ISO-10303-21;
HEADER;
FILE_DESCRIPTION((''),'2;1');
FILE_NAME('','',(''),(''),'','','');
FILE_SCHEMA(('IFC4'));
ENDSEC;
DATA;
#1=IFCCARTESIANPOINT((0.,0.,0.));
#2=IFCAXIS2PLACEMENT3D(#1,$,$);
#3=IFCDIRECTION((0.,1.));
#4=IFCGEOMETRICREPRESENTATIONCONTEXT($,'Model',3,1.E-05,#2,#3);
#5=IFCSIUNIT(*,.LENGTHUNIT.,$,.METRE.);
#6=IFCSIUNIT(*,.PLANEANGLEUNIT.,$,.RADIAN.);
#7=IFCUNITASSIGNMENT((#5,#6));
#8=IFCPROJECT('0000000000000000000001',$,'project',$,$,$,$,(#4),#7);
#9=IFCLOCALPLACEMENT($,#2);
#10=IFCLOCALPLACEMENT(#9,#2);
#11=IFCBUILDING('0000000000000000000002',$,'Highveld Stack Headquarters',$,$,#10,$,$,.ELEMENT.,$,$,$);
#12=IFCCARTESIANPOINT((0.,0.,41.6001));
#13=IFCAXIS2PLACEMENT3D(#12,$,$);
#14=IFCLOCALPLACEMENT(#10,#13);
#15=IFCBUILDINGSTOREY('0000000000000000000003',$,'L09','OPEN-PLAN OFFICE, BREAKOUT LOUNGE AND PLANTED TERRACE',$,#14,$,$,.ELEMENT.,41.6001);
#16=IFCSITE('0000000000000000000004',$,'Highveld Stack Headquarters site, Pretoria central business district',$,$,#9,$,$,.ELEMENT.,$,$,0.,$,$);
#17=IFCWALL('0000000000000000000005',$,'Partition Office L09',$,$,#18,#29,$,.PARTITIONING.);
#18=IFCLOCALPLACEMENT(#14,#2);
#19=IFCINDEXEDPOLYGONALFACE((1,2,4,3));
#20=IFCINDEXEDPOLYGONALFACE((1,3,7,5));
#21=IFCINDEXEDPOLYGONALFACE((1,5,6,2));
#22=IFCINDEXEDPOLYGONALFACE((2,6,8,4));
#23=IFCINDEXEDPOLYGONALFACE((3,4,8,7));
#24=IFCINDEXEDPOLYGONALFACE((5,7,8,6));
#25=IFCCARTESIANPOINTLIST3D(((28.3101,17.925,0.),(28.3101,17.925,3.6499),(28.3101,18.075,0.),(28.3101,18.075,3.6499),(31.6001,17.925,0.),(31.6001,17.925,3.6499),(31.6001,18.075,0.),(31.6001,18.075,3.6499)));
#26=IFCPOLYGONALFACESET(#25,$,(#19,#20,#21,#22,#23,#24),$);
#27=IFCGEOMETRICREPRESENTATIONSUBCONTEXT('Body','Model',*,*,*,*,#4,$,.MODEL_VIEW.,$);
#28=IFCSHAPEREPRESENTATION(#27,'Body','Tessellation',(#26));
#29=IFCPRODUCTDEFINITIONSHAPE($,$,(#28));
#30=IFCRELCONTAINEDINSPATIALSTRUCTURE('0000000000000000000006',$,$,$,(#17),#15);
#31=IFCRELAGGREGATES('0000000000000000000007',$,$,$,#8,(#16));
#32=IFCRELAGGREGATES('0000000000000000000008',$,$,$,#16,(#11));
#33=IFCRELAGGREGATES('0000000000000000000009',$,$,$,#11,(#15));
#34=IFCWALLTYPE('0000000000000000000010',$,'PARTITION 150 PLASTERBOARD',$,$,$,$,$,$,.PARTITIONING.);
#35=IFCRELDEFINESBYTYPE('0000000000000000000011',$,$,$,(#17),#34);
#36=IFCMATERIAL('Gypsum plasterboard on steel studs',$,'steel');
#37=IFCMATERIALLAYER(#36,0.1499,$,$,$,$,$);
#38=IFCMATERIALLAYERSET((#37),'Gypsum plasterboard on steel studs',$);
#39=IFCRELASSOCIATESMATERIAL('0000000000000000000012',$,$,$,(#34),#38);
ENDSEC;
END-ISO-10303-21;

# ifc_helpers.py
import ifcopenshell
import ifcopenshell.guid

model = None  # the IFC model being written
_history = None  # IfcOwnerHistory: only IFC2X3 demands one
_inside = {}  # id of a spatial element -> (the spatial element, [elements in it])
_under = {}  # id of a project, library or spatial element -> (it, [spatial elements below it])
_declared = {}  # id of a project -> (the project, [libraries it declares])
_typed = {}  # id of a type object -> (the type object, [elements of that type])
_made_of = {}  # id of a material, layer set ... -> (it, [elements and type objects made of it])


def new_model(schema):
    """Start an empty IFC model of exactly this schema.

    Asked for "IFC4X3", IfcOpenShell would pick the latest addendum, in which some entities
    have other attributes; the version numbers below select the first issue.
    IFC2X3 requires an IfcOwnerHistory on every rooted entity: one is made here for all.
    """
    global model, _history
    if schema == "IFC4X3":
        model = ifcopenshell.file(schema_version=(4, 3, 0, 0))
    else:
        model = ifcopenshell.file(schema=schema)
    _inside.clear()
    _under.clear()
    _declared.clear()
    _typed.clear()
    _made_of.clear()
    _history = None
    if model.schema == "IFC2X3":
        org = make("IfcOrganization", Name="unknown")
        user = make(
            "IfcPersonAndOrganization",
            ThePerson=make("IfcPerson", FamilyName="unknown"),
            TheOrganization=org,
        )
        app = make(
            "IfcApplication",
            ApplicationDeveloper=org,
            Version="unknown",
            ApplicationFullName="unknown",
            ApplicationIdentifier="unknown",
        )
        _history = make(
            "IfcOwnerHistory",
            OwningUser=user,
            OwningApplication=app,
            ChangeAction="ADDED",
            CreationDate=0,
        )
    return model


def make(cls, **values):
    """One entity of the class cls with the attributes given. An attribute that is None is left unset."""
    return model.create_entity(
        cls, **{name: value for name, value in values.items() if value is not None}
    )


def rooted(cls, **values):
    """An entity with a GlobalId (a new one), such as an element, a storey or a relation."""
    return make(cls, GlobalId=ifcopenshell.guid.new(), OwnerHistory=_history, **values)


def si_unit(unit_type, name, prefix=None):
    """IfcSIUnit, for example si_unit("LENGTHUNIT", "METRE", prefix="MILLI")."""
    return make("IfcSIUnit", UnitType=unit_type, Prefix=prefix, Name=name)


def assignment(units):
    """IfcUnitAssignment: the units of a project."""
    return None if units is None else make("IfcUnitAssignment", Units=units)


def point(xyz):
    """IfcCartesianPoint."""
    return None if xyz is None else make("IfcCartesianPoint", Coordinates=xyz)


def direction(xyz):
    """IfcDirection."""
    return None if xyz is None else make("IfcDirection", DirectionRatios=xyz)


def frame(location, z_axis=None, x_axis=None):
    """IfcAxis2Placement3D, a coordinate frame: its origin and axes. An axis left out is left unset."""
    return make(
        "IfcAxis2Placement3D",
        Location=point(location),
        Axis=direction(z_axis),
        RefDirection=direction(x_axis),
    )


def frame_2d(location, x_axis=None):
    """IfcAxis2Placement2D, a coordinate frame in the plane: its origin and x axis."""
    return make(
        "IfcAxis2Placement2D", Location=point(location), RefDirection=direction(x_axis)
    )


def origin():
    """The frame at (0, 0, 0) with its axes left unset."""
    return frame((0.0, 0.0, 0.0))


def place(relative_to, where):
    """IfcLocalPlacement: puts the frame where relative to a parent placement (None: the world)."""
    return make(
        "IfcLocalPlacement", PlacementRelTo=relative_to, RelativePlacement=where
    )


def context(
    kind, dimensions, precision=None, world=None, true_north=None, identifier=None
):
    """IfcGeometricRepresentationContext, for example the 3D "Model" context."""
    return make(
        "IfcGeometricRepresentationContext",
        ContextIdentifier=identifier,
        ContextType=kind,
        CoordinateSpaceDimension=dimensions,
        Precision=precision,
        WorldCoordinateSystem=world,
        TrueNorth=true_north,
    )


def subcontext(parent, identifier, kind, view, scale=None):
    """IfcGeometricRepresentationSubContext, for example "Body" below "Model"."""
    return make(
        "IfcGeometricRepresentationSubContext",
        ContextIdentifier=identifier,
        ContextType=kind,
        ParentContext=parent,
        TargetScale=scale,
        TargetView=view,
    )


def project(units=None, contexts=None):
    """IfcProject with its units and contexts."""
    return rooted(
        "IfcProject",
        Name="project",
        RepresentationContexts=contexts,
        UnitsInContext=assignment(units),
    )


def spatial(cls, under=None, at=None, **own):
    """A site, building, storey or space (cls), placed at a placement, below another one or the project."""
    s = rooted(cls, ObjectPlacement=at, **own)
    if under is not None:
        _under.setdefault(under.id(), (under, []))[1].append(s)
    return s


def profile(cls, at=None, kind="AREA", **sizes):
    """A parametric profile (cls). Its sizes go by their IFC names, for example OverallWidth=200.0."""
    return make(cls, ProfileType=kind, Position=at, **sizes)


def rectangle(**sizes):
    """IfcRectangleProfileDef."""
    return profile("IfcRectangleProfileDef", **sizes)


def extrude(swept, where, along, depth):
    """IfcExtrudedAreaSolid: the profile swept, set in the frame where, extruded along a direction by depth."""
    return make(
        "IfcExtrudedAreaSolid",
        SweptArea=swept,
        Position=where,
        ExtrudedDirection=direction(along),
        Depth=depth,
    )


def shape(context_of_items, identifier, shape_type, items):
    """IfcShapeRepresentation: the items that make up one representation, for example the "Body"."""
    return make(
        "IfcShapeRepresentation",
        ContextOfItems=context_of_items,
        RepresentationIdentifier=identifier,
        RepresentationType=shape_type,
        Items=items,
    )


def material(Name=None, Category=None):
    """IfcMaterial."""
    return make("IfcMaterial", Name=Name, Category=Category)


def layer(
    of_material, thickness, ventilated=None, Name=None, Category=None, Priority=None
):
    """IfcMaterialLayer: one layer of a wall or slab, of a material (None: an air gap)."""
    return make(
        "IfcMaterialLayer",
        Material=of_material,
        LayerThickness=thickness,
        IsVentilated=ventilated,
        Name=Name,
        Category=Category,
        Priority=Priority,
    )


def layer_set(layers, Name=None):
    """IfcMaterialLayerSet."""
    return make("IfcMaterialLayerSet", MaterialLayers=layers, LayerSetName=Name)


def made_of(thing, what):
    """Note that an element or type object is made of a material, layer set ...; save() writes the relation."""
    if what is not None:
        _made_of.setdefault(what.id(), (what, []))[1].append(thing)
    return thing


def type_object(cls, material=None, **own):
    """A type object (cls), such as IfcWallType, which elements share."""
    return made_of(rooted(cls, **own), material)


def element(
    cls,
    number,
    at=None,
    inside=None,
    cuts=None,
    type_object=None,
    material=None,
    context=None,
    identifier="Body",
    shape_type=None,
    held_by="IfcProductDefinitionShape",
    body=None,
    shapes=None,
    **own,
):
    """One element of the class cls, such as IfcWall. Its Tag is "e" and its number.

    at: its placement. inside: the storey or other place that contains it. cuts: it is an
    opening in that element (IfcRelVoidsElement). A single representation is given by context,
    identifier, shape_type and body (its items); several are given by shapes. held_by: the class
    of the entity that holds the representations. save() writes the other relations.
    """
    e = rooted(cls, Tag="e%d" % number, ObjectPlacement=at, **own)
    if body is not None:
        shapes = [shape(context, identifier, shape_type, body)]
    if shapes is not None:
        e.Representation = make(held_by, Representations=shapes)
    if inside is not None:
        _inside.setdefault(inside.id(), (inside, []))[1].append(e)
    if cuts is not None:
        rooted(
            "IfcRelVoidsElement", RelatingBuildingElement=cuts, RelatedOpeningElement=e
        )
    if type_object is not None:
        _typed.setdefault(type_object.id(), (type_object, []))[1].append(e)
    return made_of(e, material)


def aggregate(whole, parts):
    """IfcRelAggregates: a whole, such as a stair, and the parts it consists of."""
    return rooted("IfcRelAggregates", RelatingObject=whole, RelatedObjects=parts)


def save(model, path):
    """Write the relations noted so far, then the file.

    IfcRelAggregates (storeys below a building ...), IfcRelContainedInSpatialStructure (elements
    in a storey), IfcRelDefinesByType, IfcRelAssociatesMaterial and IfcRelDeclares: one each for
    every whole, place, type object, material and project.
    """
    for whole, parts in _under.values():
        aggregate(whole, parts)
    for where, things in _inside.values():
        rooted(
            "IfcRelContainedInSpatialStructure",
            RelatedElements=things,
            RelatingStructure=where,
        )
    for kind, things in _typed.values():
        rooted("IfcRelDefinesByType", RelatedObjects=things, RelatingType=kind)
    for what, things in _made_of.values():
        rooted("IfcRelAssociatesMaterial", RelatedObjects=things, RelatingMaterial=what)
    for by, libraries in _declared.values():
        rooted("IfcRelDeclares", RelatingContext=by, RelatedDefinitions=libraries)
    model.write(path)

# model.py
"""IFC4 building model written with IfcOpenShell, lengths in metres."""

from ifc_helpers import new_model, si_unit, direction, frame, frame_2d, origin, place, context, subcontext, project, spatial, rectangle, extrude, material, layer, layer_set, type_object, element, save


model = new_model("IFC4")

# Units and contexts
model_context = context("Model", 3, precision=1e-05, world=origin(), true_north=direction((0.0, 1.0)))
body_context = subcontext(model_context, "Body", "Model", "MODEL_VIEW")
ifc_project = project(units=[si_unit("LENGTHUNIT", "METRE"), si_unit("PLANEANGLEUNIT", "RADIAN")], contexts=[model_context])

# Site, building, storey
site_placement = place(None, origin())
site = spatial("IfcSite", under=ifc_project, at=site_placement, Name="Highveld Stack Headquarters site, Pretoria central business district", CompositionType="ELEMENT", RefElevation=0.0)
building_placement = place(site_placement, origin())
building = spatial("IfcBuilding", under=site, at=building_placement, Name="Highveld Stack Headquarters", CompositionType="ELEMENT")
storey_placement = place(building_placement, frame((0.0, 0.0, 41.6001)))
storey = spatial("IfcBuildingStorey", under=building, at=storey_placement, Name="L09", Description="OPEN-PLAN OFFICE, BREAKOUT LOUNGE AND PLANTED TERRACE", CompositionType="ELEMENT", Elevation=41.6001)

# Wall
ifc_material_1 = material(Name="Gypsum plasterboard on steel studs", Category="steel")
ifc_layer_1 = layer(ifc_material_1, 0.1499)
ifc_layer_set_1 = layer_set([ifc_layer_1], Name="Gypsum plasterboard on steel studs")
wall_type = type_object("IfcWallType", Name="PARTITION 150 PLASTERBOARD", PredefinedType="PARTITIONING", material=ifc_layer_set_1)
wall_1_placement = place(storey_placement, frame((28.3101, 18.0, 0.0), z_axis=(0.0, 0.0, 1.0), x_axis=(1.0, 0.0, 0.0)))
element("IfcWall", 1, at=wall_1_placement, inside=storey, type_object=wall_type, Name="Partition Office L09", PredefinedType="PARTITIONING", context=body_context, shape_type="SweptSolid", body=[
    extrude(rectangle(XDim=3.29, YDim=0.1499, at=frame_2d((1.645, 0.0))), origin(), (0.0, 0.0, 1.0), 3.6499),
])

save(model, "model.ifc")
